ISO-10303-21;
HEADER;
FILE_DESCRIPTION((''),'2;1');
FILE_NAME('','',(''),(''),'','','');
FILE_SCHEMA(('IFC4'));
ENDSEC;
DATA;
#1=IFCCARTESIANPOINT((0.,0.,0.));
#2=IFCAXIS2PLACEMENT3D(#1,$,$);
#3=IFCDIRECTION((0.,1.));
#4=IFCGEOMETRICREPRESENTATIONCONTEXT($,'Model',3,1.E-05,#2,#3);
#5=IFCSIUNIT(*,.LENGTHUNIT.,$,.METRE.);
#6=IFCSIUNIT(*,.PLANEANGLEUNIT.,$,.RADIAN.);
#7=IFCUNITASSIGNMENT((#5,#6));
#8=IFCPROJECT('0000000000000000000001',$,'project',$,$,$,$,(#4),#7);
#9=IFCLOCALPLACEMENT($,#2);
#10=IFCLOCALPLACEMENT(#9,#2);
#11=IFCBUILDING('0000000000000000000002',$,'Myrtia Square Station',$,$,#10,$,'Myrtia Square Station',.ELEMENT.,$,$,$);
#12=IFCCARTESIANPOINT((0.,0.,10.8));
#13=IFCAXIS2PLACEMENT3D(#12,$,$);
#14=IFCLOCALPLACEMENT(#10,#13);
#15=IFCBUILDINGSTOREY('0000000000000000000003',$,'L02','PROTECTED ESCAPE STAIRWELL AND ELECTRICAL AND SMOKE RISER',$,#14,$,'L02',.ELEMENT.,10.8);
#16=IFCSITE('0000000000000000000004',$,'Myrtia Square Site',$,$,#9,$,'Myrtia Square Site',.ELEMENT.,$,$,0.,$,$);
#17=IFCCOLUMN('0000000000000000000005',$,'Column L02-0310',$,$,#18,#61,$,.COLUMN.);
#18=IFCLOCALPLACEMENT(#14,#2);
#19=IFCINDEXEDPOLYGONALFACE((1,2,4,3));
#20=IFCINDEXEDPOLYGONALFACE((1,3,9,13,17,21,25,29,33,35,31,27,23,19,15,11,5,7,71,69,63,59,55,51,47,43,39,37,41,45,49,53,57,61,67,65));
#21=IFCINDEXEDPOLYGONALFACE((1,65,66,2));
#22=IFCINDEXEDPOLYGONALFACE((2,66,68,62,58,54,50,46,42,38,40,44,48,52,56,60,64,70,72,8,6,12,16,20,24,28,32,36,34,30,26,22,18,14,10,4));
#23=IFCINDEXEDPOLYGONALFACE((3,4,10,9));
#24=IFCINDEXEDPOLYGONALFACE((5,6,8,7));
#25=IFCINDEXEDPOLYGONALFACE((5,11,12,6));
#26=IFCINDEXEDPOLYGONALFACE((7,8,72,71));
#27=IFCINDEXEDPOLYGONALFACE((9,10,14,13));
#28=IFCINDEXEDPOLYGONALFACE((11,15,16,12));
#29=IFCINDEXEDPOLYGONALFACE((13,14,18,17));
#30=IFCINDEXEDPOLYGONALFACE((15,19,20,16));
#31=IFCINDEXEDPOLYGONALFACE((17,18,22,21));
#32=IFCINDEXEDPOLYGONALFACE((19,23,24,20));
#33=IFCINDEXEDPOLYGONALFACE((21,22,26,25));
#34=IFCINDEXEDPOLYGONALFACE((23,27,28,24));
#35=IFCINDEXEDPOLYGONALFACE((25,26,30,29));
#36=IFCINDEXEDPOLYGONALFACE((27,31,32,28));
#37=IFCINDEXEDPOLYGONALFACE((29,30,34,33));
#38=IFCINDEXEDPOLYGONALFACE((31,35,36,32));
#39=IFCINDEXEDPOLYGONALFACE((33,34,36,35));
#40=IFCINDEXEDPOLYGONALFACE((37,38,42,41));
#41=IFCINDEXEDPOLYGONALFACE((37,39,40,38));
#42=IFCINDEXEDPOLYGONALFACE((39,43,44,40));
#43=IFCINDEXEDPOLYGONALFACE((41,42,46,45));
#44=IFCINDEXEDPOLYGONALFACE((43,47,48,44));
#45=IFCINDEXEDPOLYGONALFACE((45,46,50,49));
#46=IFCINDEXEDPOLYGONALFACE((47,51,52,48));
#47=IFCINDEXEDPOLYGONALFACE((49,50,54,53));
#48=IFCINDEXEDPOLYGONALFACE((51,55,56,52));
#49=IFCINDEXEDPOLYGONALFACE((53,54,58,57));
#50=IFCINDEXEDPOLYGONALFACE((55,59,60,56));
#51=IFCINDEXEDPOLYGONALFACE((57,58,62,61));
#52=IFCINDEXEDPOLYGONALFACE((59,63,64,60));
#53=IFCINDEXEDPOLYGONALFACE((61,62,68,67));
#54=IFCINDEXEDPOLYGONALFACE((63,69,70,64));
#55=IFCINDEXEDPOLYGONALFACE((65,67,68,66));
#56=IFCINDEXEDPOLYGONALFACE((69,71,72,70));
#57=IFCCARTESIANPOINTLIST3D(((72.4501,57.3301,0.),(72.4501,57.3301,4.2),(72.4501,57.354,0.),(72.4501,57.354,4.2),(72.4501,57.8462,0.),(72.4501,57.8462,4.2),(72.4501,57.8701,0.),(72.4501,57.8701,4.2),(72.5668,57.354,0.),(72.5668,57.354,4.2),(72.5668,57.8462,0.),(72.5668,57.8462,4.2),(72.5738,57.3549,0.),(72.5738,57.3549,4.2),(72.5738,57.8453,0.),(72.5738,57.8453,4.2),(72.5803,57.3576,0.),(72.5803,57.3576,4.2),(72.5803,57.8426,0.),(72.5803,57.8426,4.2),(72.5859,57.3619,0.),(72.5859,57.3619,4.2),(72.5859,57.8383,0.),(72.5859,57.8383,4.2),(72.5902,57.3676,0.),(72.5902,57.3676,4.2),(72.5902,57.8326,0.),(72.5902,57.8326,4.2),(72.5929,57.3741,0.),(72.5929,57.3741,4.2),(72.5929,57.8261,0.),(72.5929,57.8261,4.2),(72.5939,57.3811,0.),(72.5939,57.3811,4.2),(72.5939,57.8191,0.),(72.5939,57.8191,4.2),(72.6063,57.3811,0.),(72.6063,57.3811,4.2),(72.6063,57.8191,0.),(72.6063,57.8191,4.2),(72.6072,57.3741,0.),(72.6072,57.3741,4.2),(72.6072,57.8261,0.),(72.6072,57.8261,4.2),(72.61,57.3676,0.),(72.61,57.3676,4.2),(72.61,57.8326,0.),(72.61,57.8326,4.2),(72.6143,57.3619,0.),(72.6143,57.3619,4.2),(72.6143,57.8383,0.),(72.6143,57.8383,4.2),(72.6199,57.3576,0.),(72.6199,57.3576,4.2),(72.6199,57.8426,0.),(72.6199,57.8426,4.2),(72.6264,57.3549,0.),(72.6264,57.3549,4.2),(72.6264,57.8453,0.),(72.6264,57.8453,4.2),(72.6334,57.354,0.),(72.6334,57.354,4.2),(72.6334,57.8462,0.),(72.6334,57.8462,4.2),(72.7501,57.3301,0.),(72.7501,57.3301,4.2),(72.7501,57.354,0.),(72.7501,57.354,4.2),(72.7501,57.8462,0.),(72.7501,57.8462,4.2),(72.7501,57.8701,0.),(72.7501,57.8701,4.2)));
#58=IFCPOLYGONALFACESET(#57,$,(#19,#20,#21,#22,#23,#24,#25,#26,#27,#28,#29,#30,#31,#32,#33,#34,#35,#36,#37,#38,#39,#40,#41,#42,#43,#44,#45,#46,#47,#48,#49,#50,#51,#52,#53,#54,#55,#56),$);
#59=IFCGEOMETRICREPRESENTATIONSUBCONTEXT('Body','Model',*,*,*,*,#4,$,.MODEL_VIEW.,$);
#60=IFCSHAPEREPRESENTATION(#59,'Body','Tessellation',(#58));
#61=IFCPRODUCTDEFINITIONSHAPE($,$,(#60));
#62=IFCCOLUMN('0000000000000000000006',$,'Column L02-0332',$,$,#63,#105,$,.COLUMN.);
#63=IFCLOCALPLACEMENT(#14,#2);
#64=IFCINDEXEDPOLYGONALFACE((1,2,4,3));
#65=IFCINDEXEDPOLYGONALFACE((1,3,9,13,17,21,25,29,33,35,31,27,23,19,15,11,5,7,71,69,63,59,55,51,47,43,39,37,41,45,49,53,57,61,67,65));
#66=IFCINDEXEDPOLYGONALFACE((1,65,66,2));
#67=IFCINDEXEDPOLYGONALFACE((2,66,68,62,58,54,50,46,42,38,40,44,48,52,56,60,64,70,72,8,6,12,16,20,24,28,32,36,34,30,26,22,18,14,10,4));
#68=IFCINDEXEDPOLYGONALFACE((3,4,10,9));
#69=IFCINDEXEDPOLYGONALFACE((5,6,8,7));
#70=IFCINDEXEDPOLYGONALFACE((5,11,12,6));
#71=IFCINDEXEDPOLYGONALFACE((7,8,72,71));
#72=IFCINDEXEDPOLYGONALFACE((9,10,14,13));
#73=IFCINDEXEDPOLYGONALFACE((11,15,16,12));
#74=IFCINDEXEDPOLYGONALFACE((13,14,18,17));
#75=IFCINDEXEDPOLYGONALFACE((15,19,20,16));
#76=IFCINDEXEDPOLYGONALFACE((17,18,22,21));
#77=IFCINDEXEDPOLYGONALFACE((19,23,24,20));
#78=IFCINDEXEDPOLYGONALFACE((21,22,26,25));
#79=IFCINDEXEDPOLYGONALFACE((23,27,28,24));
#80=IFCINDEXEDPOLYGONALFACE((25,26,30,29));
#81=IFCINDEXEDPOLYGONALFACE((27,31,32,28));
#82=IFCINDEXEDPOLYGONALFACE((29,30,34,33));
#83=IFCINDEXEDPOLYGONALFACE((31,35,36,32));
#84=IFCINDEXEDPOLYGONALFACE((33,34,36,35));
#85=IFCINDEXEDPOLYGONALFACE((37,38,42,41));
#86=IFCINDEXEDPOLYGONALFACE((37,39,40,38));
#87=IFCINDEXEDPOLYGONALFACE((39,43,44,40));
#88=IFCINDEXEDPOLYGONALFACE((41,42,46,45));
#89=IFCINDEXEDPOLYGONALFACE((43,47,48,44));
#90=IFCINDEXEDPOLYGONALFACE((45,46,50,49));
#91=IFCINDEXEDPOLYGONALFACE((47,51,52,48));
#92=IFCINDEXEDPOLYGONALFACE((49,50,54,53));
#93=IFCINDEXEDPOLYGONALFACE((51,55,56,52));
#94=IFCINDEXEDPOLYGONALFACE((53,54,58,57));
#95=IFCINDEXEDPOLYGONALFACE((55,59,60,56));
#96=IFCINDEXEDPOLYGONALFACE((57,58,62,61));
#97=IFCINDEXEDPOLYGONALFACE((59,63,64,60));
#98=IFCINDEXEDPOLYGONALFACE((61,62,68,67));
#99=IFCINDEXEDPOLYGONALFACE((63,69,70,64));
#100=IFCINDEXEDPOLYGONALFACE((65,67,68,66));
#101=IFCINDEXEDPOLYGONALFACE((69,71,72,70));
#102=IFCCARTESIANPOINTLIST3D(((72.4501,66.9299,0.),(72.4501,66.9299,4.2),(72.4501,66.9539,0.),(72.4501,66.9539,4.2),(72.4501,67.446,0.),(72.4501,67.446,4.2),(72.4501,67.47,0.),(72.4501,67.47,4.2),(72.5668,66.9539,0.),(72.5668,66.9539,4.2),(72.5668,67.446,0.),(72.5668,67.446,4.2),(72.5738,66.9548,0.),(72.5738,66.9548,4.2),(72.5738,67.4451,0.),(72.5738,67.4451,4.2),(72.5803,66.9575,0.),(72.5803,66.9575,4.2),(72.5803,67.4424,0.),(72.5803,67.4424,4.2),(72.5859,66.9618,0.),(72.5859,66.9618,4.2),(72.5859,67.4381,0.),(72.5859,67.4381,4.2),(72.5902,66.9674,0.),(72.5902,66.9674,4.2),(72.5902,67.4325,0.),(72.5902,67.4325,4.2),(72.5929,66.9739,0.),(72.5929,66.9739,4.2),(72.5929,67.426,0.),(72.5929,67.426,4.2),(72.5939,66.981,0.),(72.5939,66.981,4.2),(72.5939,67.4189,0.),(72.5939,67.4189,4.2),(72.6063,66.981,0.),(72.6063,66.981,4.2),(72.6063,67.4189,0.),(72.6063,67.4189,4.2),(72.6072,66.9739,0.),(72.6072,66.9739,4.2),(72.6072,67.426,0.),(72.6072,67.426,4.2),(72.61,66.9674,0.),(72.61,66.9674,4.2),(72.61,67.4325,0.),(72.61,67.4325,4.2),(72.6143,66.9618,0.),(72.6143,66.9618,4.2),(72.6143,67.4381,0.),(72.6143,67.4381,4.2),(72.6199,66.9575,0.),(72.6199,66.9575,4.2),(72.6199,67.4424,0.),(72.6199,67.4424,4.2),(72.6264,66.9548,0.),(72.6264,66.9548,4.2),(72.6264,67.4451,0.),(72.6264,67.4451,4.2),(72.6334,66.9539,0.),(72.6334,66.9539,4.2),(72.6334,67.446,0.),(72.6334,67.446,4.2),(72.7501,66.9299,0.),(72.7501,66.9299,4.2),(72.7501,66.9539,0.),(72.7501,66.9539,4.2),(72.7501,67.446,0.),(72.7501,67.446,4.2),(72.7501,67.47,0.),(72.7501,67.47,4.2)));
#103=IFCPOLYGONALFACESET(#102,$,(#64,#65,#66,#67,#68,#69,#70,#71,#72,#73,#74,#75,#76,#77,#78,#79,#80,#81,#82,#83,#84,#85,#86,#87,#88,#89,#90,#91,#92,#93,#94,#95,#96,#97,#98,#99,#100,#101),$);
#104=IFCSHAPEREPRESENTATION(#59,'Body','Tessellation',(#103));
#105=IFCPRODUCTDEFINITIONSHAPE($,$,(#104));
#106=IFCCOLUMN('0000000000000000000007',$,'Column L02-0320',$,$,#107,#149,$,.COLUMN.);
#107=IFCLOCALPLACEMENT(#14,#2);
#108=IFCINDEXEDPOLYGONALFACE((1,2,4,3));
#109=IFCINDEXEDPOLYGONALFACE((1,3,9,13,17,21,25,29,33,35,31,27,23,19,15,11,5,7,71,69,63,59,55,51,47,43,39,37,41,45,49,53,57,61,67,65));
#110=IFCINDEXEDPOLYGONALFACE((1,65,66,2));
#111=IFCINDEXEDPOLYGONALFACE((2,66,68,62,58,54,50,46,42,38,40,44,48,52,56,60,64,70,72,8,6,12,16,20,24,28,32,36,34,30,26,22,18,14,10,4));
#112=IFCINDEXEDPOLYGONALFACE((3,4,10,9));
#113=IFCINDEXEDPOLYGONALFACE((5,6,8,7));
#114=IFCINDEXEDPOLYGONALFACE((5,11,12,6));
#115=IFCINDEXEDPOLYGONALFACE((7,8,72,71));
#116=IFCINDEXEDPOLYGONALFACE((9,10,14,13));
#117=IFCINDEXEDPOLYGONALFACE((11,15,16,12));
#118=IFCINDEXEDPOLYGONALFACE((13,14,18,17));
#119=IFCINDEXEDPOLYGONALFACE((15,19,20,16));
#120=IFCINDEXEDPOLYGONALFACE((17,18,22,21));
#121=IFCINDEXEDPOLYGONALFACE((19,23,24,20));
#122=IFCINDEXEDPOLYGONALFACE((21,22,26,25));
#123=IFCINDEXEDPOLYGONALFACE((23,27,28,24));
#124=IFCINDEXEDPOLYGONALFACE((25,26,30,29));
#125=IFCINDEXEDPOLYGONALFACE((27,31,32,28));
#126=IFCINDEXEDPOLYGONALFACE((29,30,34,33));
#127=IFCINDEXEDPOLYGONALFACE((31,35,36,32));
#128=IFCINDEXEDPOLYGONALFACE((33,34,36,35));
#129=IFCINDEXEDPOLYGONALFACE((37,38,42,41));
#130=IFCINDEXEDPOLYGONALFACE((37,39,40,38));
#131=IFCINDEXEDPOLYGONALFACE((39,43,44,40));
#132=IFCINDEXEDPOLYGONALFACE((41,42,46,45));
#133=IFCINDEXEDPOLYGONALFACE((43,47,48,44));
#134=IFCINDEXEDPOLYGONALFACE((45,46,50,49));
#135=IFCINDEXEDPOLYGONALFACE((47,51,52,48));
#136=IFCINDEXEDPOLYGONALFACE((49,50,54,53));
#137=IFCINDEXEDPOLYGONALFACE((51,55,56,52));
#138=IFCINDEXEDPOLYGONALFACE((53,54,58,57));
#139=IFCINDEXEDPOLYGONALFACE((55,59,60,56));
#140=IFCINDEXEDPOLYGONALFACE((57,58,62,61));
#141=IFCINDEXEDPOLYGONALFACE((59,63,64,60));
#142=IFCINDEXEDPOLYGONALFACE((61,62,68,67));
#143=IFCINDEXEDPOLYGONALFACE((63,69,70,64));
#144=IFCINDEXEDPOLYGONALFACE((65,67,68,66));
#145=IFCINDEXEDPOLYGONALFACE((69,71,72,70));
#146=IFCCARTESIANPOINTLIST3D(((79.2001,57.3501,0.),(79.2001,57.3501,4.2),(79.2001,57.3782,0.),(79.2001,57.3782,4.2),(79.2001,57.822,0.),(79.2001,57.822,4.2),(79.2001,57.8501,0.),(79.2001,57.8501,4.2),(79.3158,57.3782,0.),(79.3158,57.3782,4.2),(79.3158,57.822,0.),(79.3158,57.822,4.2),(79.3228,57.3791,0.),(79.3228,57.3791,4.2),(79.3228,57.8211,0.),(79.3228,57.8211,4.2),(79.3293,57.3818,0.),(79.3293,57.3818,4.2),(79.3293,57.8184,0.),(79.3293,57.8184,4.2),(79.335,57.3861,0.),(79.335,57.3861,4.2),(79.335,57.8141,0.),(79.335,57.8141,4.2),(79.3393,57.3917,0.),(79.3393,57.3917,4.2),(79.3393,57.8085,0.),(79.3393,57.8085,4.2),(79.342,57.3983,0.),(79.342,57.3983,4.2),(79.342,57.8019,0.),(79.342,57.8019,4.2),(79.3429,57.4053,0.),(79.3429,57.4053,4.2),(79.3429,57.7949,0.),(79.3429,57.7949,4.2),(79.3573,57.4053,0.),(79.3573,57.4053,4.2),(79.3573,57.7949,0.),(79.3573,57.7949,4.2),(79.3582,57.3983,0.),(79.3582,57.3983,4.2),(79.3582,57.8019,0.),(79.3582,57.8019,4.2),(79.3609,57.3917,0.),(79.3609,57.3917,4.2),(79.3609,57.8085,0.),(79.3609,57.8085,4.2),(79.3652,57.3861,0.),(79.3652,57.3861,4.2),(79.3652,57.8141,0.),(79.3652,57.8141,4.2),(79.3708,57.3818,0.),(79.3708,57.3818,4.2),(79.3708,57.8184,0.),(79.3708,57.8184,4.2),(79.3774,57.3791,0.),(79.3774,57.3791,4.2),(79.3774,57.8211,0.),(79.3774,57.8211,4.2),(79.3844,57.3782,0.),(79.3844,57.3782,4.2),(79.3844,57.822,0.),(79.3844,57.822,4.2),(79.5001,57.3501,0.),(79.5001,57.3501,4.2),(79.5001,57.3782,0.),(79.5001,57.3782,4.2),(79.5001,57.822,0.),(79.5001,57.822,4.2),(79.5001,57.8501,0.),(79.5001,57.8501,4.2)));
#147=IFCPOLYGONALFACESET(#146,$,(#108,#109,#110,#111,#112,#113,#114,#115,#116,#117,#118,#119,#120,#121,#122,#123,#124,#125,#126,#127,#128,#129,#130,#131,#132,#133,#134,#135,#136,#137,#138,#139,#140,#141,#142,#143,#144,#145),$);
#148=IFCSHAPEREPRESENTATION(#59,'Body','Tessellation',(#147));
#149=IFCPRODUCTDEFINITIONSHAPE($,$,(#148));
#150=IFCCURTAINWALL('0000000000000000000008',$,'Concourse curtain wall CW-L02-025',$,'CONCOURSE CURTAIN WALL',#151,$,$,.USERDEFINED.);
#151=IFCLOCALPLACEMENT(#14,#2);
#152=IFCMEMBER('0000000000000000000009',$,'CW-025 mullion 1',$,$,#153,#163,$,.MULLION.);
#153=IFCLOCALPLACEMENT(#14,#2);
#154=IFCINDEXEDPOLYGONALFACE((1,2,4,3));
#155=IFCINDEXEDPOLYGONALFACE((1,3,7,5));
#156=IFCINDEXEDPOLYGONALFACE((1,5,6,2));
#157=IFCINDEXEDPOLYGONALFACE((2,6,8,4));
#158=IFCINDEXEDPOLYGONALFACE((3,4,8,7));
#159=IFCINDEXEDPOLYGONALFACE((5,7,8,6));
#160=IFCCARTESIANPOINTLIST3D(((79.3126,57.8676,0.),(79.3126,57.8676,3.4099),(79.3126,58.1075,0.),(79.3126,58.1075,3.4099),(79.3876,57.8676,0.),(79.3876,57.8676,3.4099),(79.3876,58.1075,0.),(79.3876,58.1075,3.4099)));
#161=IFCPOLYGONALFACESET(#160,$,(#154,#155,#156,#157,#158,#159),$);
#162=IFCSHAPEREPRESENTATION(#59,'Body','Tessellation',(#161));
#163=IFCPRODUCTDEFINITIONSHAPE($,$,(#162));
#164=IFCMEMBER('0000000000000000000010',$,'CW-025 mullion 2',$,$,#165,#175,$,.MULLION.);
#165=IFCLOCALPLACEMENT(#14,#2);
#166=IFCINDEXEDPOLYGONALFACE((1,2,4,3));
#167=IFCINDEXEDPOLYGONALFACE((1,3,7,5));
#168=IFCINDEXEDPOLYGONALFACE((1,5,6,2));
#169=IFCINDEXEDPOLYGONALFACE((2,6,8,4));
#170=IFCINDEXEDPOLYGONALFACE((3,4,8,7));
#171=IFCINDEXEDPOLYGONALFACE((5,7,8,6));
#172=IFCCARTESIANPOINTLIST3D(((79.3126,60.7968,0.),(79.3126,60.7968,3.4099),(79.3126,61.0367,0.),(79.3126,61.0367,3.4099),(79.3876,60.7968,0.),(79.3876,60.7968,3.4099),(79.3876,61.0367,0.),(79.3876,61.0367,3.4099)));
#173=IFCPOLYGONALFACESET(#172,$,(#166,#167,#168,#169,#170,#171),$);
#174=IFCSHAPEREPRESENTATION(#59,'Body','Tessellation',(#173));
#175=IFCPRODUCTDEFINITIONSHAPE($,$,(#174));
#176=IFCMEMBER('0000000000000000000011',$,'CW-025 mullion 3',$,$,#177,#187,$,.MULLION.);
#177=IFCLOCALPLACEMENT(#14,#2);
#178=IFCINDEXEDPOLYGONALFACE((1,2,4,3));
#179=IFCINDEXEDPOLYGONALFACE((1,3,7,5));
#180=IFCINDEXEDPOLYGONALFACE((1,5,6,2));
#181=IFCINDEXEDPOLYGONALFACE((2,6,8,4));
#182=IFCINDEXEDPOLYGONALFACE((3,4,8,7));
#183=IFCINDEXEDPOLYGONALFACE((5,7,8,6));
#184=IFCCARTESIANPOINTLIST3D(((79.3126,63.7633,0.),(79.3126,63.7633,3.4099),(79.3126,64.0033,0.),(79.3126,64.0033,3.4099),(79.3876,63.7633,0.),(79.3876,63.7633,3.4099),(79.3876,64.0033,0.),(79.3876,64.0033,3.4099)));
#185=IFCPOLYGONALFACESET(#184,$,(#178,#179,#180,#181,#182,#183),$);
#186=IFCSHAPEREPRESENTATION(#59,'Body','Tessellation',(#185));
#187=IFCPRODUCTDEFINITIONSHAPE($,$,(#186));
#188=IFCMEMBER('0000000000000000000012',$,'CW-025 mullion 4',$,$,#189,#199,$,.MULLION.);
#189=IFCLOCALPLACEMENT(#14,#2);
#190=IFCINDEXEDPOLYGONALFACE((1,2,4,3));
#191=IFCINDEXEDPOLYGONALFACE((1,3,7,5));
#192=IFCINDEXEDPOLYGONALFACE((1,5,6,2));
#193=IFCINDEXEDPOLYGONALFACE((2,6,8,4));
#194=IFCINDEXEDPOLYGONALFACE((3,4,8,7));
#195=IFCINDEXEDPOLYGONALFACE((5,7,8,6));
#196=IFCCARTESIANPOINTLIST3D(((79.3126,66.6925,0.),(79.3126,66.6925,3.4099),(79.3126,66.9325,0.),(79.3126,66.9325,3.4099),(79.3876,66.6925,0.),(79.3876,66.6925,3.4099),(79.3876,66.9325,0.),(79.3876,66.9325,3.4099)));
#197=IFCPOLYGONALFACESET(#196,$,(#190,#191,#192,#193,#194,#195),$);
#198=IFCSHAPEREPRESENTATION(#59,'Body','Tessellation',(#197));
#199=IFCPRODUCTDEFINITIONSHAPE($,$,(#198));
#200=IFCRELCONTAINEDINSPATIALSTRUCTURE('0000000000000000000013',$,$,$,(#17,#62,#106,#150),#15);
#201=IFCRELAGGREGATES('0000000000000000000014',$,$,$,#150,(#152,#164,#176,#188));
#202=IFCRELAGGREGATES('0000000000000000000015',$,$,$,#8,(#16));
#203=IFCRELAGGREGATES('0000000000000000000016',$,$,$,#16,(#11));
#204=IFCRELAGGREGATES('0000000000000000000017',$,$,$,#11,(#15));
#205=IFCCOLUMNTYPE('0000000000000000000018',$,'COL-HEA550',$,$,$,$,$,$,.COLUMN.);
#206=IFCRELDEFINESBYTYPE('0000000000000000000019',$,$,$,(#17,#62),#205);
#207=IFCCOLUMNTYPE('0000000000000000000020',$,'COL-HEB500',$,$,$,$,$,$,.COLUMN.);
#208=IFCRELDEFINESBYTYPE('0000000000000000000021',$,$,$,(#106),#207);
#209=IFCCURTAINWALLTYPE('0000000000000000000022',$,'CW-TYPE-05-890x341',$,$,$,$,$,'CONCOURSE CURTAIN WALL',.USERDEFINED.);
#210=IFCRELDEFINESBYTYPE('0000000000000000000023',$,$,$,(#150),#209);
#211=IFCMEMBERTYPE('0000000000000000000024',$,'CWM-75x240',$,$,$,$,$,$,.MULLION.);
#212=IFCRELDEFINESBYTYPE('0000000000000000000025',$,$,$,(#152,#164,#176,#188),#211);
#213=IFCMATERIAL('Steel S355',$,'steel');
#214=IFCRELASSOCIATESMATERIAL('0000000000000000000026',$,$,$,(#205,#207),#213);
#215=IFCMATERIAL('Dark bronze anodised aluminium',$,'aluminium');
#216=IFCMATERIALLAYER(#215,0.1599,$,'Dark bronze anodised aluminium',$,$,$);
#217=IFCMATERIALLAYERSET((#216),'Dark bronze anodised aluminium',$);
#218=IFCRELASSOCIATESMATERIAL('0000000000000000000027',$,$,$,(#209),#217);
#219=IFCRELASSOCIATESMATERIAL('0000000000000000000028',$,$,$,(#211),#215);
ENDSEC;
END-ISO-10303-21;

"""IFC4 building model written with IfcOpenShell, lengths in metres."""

from ifc_helpers import new_model, si_unit, direction, frame, origin, origin_2d, place, context, subcontext, project, spatial, rectangle, i_section, extrude, material, layer, layer_set, material_profile, profile_set, type_object, element, aggregate, save


model = new_model("IFC4")

# Units and contexts
model_context = context("Model", 3, precision=1e-05, world=origin(), true_north=direction((0.0, 1.0)))
body_context = subcontext(model_context, "Body", "Model", "MODEL_VIEW")
ifc_project = project(units=[si_unit("LENGTHUNIT", "METRE"), si_unit("PLANEANGLEUNIT", "RADIAN")], contexts=[model_context])

# Site, building, storey
site_placement = place(None, origin())
site = spatial("IfcSite", under=ifc_project, at=site_placement, Name="Myrtia Square Site", LongName="Myrtia Square Site", CompositionType="ELEMENT", RefElevation=0.0)
building_placement = place(site_placement, origin())
building = spatial("IfcBuilding", under=site, at=building_placement, Name="Myrtia Square Station", LongName="Myrtia Square Station", CompositionType="ELEMENT")
storey_placement = place(building_placement, frame((0.0, 0.0, 10.8)))
storey = spatial("IfcBuildingStorey", under=building, at=storey_placement, Name="L02", Description="PROTECTED ESCAPE STAIRWELL AND ELECTRICAL AND SMOKE RISER", LongName="L02", CompositionType="ELEMENT", Elevation=10.8)

# Columns
ifc_material_1 = material(Name="Steel S355", Category="steel")
ifc_material_profile_1 = material_profile(ifc_material_1, i_section(OverallWidth=0.3, OverallDepth=0.54, WebThickness=0.0125, FlangeThickness=0.0239, FilletRadius=0.0271, at=origin_2d()), Name="HEA 550")
ifc_profile_set_1 = profile_set([ifc_material_profile_1], Name="Steel S355")
column_type_1 = type_object("IfcColumnType", Name="COL-HEA550", PredefinedType="COLUMN", material=ifc_profile_set_1)
for number, where, z_axis, x_axis, name in (
    (1, (72.6001, 57.6001, 0.0), (0.0, 0.0, 1.0), (1.0, 0.0, 0.0), "Column L02-0310"),
    (2, (72.6001, 67.2, 0.0), (0.0, 0.0, 1.0), (1.0, 0.0, 0.0), "Column L02-0332"),
):
    element("IfcColumn", number, at=place(storey_placement, frame(where, z_axis=z_axis, x_axis=x_axis)), inside=storey, type_object=column_type_1, Name=name, PredefinedType="COLUMN", context=body_context, shape_type="SweptSolid", body=[
        extrude(i_section(OverallWidth=0.3, OverallDepth=0.54, WebThickness=0.0125, FlangeThickness=0.0239, FilletRadius=0.0271, at=origin_2d()), origin(), (0.0, 0.0, 1.0), 4.2),
    ])
ifc_material_profile_2 = material_profile(ifc_material_1, i_section(OverallWidth=0.3, OverallDepth=0.5, WebThickness=0.0144, FlangeThickness=0.0281, FilletRadius=0.0271, at=origin_2d()), Name="HEB 500")
ifc_profile_set_2 = profile_set([ifc_material_profile_2], Name="Steel S355")
column_type_2 = type_object("IfcColumnType", Name="COL-HEB500", PredefinedType="COLUMN", material=ifc_profile_set_2)
column_placement = place(storey_placement, frame((79.3501, 57.6001, 0.0), z_axis=(0.0, 0.0, 1.0), x_axis=(1.0, 0.0, 0.0)))
element("IfcColumn", 3, at=column_placement, inside=storey, type_object=column_type_2, Name="Column L02-0320", PredefinedType="COLUMN", context=body_context, shape_type="SweptSolid", body=[
    extrude(i_section(OverallWidth=0.3, OverallDepth=0.5, WebThickness=0.0144, FlangeThickness=0.0281, FilletRadius=0.0271, at=origin_2d()), origin(), (0.0, 0.0, 1.0), 4.2),
])

# Curtain wall, members
ifc_material_2 = material(Name="Dark bronze anodised aluminium", Category="aluminium")
ifc_layer_1 = layer(ifc_material_2, 0.1599, Name="Dark bronze anodised aluminium")
ifc_layer_set_1 = layer_set([ifc_layer_1], Name="Dark bronze anodised aluminium")
curtain_wall_type = type_object("IfcCurtainWallType", Name="CW-TYPE-05-890x341", ElementType="CONCOURSE CURTAIN WALL", PredefinedType="USERDEFINED", material=ifc_layer_set_1)
curtain_wall_placement = place(storey_placement, origin())
curtain_wall = element("IfcCurtainWall", 4, at=curtain_wall_placement, inside=storey, type_object=curtain_wall_type, Name="Concourse curtain wall CW-L02-025", ObjectType="CONCOURSE CURTAIN WALL", PredefinedType="USERDEFINED")
ifc_material_profile_3 = material_profile(ifc_material_2, rectangle(XDim=0.075, YDim=0.24, at=origin_2d()), Name="ALU-M 75x240")
ifc_profile_set_3 = profile_set([ifc_material_profile_3], Name="Dark bronze anodised aluminium")
member_type_1 = type_object("IfcMemberType", Name="CWM-75x240", PredefinedType="MULLION", material=ifc_profile_set_3)
member_1_placement = place(storey_placement, frame((79.3501, 57.9875, 0.0), z_axis=(0.0, 0.0, 1.0), x_axis=(-1.0, 0.0, 0.0)))
member_1 = element("IfcMember", 5, at=member_1_placement, type_object=member_type_1, Name="CW-025 mullion 1", PredefinedType="MULLION", context=body_context, shape_type="SweptSolid", body=[
    extrude(rectangle(XDim=0.075, YDim=0.24, at=origin_2d()), origin(), (0.0, 0.0, 1.0), 3.4099),
])
member_2_placement = place(storey_placement, frame((79.3501, 60.9167, 0.0), z_axis=(0.0, 0.0, 1.0), x_axis=(-1.0, 0.0, 0.0)))
member_2 = element("IfcMember", 6, at=member_2_placement, type_object=member_type_1, Name="CW-025 mullion 2", PredefinedType="MULLION", context=body_context, shape_type="SweptSolid", body=[
    extrude(rectangle(XDim=0.075, YDim=0.24, at=origin_2d()), origin(), (0.0, 0.0, 1.0), 3.4099),
])
member_3_placement = place(storey_placement, frame((79.3501, 63.8833, 0.0), z_axis=(0.0, 0.0, 1.0), x_axis=(-1.0, 0.0, 0.0)))
member_3 = element("IfcMember", 7, at=member_3_placement, type_object=member_type_1, Name="CW-025 mullion 3", PredefinedType="MULLION", context=body_context, shape_type="SweptSolid", body=[
    extrude(rectangle(XDim=0.075, YDim=0.24, at=origin_2d()), origin(), (0.0, 0.0, 1.0), 3.4099),
])
member_4_placement = place(storey_placement, frame((79.3501, 66.8125, 0.0), z_axis=(0.0, 0.0, 1.0), x_axis=(-1.0, 0.0, 0.0)))
member_4 = element("IfcMember", 8, at=member_4_placement, type_object=member_type_1, Name="CW-025 mullion 4", PredefinedType="MULLION", context=body_context, shape_type="SweptSolid", body=[
    extrude(rectangle(XDim=0.075, YDim=0.24, at=origin_2d()), origin(), (0.0, 0.0, 1.0), 3.4099),
])

aggregate(curtain_wall, [member_1, member_2, member_3, member_4])

save(model, "model.ifc")
